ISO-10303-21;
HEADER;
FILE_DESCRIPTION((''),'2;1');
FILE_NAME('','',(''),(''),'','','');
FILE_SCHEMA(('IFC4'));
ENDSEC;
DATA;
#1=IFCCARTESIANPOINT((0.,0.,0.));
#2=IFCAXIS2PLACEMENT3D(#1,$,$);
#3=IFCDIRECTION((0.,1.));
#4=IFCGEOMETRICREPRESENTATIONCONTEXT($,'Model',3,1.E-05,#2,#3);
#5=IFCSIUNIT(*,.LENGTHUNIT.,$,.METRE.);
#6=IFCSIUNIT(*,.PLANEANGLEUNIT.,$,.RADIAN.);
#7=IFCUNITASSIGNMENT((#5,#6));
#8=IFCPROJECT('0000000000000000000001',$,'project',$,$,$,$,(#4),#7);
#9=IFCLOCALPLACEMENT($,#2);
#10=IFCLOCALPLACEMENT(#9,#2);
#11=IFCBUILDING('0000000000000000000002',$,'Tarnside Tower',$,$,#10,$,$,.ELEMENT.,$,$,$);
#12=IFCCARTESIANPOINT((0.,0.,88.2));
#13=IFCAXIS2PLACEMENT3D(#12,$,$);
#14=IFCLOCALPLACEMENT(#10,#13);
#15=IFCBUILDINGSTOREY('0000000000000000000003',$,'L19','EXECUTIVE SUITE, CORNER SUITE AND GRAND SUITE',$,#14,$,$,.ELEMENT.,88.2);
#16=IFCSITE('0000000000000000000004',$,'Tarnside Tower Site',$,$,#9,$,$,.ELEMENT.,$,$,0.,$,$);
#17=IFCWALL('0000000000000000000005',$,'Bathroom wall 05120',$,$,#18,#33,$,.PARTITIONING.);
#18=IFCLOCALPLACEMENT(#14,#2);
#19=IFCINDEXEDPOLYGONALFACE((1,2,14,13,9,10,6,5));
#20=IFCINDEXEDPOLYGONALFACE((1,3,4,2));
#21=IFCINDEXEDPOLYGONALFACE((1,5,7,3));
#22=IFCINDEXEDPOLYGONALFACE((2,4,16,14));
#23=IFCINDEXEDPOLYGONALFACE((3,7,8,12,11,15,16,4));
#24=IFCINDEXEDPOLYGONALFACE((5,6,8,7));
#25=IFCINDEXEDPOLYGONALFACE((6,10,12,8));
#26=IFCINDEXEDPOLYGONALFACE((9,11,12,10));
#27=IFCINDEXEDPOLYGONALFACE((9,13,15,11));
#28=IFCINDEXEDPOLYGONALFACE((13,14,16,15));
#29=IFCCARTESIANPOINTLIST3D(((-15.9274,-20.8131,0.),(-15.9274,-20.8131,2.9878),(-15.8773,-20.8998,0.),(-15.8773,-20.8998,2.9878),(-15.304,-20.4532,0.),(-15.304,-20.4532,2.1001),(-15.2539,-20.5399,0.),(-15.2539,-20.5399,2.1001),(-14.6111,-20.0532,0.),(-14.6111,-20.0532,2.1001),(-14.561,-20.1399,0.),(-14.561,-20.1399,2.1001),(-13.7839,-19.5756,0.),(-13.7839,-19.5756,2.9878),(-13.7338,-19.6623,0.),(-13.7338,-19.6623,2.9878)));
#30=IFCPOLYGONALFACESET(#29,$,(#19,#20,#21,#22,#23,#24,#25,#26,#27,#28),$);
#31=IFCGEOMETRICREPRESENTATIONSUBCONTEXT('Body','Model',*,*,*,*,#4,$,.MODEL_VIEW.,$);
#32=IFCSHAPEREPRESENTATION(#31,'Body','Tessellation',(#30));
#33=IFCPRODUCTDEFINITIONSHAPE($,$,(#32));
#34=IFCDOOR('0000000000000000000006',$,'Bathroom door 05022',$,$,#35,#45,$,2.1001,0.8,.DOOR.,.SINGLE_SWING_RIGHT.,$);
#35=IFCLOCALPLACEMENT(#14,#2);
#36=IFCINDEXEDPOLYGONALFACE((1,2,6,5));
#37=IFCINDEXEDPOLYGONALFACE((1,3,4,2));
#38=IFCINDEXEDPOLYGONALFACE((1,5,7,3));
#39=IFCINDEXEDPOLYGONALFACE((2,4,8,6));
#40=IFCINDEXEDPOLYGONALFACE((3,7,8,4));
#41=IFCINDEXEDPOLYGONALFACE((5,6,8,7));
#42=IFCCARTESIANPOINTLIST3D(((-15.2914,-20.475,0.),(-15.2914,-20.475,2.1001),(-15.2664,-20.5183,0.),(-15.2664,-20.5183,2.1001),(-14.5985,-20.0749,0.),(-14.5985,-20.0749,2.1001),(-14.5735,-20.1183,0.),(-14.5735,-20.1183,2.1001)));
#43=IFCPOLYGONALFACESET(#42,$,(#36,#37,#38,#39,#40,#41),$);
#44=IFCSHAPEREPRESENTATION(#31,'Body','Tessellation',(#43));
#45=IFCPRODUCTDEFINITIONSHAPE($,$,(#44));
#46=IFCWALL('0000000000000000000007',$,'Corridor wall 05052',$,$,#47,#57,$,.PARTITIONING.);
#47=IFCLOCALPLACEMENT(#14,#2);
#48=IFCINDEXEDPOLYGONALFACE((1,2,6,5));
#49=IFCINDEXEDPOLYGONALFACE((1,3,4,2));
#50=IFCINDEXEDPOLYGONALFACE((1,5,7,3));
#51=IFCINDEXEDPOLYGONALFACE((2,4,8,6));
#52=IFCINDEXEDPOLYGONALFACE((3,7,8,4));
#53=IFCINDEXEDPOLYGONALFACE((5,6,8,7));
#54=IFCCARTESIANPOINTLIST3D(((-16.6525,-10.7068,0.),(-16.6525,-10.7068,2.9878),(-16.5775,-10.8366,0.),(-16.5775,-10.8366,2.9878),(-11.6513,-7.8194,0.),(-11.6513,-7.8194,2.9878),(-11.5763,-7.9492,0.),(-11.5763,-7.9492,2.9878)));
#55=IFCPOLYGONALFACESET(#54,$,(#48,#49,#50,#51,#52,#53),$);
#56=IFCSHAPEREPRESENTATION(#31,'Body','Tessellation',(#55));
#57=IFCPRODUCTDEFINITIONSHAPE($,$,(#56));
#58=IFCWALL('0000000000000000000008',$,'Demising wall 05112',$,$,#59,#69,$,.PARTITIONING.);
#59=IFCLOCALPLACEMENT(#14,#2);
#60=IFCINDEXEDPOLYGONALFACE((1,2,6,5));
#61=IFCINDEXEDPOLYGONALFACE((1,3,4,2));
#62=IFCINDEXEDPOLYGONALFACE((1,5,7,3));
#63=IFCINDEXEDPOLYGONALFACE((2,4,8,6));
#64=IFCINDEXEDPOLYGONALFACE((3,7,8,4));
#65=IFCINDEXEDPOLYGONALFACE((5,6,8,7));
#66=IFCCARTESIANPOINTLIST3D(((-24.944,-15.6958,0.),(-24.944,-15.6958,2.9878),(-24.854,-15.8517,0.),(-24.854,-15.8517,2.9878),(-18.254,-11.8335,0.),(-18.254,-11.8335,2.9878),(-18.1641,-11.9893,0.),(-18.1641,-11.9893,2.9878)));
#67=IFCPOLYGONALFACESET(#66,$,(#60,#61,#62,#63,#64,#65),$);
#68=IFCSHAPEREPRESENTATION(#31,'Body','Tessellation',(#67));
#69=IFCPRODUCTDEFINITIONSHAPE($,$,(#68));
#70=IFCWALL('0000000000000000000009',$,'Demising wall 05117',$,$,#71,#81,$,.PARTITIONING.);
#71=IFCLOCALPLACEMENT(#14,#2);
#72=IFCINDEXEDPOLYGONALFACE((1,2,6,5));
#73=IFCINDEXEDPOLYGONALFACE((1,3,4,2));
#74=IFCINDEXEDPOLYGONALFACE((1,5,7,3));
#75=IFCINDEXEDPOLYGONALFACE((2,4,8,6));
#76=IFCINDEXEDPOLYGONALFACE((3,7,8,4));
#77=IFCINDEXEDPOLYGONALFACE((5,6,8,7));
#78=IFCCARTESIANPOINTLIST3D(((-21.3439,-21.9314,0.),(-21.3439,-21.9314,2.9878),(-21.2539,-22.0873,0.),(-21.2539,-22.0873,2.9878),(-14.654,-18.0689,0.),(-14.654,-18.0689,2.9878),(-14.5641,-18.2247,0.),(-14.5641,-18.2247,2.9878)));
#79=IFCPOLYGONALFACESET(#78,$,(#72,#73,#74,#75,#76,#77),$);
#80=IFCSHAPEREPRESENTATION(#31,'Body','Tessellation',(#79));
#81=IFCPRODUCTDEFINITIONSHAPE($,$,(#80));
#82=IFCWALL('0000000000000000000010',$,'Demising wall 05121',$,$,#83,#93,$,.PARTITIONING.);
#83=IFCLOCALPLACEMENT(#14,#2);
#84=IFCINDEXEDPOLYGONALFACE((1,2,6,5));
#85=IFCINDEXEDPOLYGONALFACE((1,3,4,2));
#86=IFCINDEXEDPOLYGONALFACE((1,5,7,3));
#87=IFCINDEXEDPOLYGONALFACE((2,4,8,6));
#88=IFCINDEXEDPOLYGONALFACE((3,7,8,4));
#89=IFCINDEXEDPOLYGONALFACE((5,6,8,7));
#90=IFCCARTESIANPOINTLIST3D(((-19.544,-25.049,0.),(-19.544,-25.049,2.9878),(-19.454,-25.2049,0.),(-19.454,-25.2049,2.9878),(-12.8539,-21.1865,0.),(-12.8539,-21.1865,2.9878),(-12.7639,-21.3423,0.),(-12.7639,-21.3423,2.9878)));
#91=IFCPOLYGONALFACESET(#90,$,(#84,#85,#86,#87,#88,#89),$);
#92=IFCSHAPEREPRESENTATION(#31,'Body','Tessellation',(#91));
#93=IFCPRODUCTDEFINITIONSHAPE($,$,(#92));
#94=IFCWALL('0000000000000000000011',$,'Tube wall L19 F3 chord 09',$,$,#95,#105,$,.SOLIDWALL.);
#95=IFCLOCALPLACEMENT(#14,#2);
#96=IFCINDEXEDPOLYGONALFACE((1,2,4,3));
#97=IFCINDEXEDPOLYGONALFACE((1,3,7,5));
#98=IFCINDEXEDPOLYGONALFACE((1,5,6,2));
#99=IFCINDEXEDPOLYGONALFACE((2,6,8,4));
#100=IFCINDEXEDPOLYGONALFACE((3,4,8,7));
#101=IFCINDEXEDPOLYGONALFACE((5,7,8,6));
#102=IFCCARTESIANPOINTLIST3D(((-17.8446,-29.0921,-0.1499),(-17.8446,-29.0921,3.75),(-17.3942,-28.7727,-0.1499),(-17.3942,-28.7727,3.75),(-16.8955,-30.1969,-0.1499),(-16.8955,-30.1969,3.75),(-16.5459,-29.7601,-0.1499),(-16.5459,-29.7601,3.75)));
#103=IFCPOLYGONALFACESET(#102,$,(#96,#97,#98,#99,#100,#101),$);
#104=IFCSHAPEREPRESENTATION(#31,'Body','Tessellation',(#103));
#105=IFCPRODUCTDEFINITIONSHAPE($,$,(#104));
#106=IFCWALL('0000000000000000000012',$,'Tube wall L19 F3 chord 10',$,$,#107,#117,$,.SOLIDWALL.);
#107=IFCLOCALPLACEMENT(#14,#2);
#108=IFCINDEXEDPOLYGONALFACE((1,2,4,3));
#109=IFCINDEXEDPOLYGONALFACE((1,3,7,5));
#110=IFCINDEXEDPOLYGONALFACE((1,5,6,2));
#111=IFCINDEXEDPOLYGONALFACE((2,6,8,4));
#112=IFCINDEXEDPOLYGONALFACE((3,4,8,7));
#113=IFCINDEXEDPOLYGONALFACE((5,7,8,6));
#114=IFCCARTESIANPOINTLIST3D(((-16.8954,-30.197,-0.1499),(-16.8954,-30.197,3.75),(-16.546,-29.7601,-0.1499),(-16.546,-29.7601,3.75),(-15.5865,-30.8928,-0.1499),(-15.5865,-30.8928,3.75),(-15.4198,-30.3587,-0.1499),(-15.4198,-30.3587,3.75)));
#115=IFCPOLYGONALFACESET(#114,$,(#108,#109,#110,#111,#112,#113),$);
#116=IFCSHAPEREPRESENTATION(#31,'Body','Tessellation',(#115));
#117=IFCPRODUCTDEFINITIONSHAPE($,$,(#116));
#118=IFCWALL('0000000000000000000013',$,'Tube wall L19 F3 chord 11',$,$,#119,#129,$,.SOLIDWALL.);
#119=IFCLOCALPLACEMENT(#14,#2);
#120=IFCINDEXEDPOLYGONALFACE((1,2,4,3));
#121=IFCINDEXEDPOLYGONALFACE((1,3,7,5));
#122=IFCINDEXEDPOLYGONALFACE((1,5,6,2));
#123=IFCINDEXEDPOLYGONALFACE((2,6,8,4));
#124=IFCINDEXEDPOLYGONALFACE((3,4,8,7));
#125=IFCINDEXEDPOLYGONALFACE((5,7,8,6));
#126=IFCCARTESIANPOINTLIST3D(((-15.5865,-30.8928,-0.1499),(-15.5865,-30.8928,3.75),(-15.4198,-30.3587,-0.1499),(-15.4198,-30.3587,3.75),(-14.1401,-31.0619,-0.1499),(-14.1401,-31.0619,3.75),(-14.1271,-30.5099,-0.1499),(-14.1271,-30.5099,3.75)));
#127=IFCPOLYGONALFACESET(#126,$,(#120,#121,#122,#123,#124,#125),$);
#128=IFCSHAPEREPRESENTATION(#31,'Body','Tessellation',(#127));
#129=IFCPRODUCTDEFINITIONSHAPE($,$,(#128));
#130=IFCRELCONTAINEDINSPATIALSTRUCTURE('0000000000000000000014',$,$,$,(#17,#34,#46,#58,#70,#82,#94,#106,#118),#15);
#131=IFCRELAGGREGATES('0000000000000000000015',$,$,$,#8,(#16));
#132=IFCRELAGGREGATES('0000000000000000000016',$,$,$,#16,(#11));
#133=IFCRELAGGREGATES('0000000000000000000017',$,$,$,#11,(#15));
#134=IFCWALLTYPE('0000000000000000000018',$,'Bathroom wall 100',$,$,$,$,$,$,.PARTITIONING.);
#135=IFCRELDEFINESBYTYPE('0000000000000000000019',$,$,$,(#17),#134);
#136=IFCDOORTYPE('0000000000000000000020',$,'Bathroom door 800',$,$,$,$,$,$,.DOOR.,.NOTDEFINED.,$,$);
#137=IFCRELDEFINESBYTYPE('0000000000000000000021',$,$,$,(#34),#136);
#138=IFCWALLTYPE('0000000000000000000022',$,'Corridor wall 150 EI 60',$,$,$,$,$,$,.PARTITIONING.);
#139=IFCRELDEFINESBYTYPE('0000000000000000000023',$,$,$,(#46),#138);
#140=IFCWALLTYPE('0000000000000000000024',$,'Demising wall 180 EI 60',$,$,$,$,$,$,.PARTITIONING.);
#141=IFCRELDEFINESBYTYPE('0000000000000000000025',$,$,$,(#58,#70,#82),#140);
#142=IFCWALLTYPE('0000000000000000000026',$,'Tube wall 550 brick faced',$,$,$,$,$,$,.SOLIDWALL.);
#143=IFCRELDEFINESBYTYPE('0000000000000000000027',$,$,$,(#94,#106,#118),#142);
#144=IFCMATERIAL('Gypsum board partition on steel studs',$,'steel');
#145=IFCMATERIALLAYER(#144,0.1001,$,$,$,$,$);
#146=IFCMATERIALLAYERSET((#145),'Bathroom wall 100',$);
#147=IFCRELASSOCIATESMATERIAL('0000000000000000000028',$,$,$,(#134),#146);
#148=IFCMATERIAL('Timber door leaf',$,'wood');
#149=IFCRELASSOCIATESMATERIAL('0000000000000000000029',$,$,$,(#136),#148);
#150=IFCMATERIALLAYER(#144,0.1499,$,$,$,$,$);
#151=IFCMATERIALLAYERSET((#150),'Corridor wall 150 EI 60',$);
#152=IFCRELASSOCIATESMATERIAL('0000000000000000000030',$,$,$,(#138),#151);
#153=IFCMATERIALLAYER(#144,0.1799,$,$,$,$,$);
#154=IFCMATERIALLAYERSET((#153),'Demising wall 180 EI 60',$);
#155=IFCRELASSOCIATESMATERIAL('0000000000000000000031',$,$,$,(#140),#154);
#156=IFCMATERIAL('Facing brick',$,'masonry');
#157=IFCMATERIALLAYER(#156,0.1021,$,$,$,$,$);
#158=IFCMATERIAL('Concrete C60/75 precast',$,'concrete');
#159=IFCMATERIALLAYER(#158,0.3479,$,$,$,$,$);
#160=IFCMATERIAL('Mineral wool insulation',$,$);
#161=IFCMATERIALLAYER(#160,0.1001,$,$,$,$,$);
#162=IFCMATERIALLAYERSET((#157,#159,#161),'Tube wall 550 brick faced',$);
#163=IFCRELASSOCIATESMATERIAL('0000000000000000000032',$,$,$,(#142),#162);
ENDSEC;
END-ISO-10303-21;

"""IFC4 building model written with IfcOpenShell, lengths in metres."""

from ifc_helpers import new_model, si_unit, direction, frame, frame_2d, origin, place, context, subcontext, project, spatial, polyline, rectangle, outline, extrude, material, layer, layer_set, type_object, element, fill, save


model = new_model("IFC4")

# Units and contexts
model_context = context("Model", 3, precision=1e-05, world=origin(), true_north=direction((0.0, 1.0)))
body_context = subcontext(model_context, "Body", "Model", "MODEL_VIEW")
ifc_project = project(units=[si_unit("LENGTHUNIT", "METRE"), si_unit("PLANEANGLEUNIT", "RADIAN")], contexts=[model_context])

# Site, building, storey
site_placement = place(None, origin())
site = spatial("IfcSite", under=ifc_project, at=site_placement, Name="Tarnside Tower Site", CompositionType="ELEMENT", RefElevation=0.0)
building_placement = place(site_placement, origin())
building = spatial("IfcBuilding", under=site, at=building_placement, Name="Tarnside Tower", CompositionType="ELEMENT")
storey_placement = place(building_placement, frame((0.0, 0.0, 88.2)))
storey = spatial("IfcBuildingStorey", under=building, at=storey_placement, Name="L19", Description="EXECUTIVE SUITE, CORNER SUITE AND GRAND SUITE", CompositionType="ELEMENT", Elevation=88.2)

# Shared definitions
ifc_material_1 = material(Name="Gypsum board partition on steel studs", Category="steel")
ifc_layer_1 = layer(ifc_material_1, 0.1001)
ifc_layer_set_1 = layer_set([ifc_layer_1], Name="Bathroom wall 100")
wall_type_1 = type_object("IfcWallType", Name="Bathroom wall 100", PredefinedType="PARTITIONING", material=ifc_layer_set_1)

# Wall, opening, door
ifc_material_2 = material(Name="Timber door leaf", Category="wood")
door_type = type_object("IfcDoorType", Name="Bathroom door 800", OperationType="NOTDEFINED", PredefinedType="DOOR", material=ifc_material_2)
wall_1_placement = place(storey_placement, frame((-15.9023, -20.8564, 0.0), z_axis=(0.0, 0.0, 1.0), x_axis=(0.866031, 0.49999, 0.0)))
wall_1 = element("IfcWall", 1, at=wall_1_placement, inside=storey, type_object=wall_type_1, Name="Bathroom wall 05120", PredefinedType="PARTITIONING", context=body_context, shape_type="SweptSolid", body=[
    extrude(rectangle(XDim=2.4751, YDim=0.1001, at=frame_2d((1.2375, 0.0))), origin(), (0.0, 0.0, 1.0), 2.9878),
])
opening_1_placement = place(wall_1_placement, frame((0.72, 0.0, 0.0)))
opening_1 = element("IfcOpeningElement", 2, at=opening_1_placement, cuts=wall_1, PredefinedType="OPENING", context=body_context, shape_type="SweptSolid", body=[
    extrude(rectangle(XDim=0.8, YDim=2.1001, at=frame_2d((0.3999, 1.05))), frame((0.0, 0.0601, 0.0), z_axis=(0.0, -1.0, 0.0), x_axis=(1.0, 0.0, 0.0)), (0.0, 0.0, 1.0), 0.1201),
])
door_1_placement = place(opening_1_placement, origin())
door_1 = element("IfcDoor", 3, at=door_1_placement, inside=storey, type_object=door_type, Name="Bathroom door 05022", OperationType="SINGLE_SWING_RIGHT", OverallHeight=2.1001, OverallWidth=0.8, PredefinedType="DOOR", context=body_context, shape_type="SweptSolid", body=[
    extrude(rectangle(XDim=0.8, YDim=2.1001, at=frame_2d((0.3999, 1.05))), frame((0.0, 0.0249, 0.0), z_axis=(0.0, -1.0, 0.0), x_axis=(1.0, 0.0, 0.0)), (0.0, 0.0, 1.0), 0.05),
])
fill(opening_1, door_1)

# Walls
ifc_layer_2 = layer(ifc_material_1, 0.1499)
ifc_layer_set_2 = layer_set([ifc_layer_2], Name="Corridor wall 150 EI 60")
wall_type_2 = type_object("IfcWallType", Name="Corridor wall 150 EI 60", PredefinedType="PARTITIONING", material=ifc_layer_set_2)
wall_2_placement = place(storey_placement, frame((-16.615, -10.7717, 0.0), z_axis=(0.0, 0.0, 1.0), x_axis=(0.866026, 0.499999, 0.0)))
element("IfcWall", 4, at=wall_2_placement, inside=storey, type_object=wall_type_2, Name="Corridor wall 05052", PredefinedType="PARTITIONING", context=body_context, shape_type="SweptSolid", body=[
    extrude(rectangle(XDim=5.7749, YDim=0.1499, at=frame_2d((2.8875, 0.0))), origin(), (0.0, 0.0, 1.0), 2.9878),
])
ifc_layer_3 = layer(ifc_material_1, 0.1799)
ifc_layer_set_3 = layer_set([ifc_layer_3], Name="Demising wall 180 EI 60")
wall_type_3 = type_object("IfcWallType", Name="Demising wall 180 EI 60", PredefinedType="PARTITIONING", material=ifc_layer_set_3)
for number, where, z_axis, x_axis, name in (
    (5, (-24.8989, -15.7737, 0.0), (0.0, 0.0, 1.0), (0.866033, 0.499987, 0.0), "Demising wall 05112"),
    (6, (-21.2988, -22.0093, 0.0), (0.0, 0.0, 1.0), (0.866019, 0.500011, 0.0), "Demising wall 05117"),
):
    element("IfcWall", number, at=place(storey_placement, frame(where, z_axis=z_axis, x_axis=x_axis)), inside=storey, type_object=wall_type_3, Name=name, PredefinedType="PARTITIONING", context=body_context, shape_type="SweptSolid", body=[
        extrude(rectangle(XDim=7.7249, YDim=0.1799, at=frame_2d((3.8623, 0.0))), origin(), (0.0, 0.0, 1.0), 2.9878),
    ])
wall_3_placement = place(storey_placement, frame((-19.499, -25.127, 0.0), z_axis=(0.0, 0.0, 1.0), x_axis=(0.866027, 0.499997, 0.0)))
element("IfcWall", 7, at=wall_3_placement, inside=storey, type_object=wall_type_3, Name="Demising wall 05121", PredefinedType="PARTITIONING", context=body_context, shape_type="SweptSolid", body=[
    extrude(rectangle(XDim=7.7251, YDim=0.1799, at=frame_2d((3.8625, 0.0))), origin(), (0.0, 0.0, 1.0), 2.9878),
])
ifc_material_3 = material(Name="Facing brick", Category="masonry")
ifc_layer_4 = layer(ifc_material_3, 0.1021)
ifc_material_4 = material(Name="Concrete C60/75 precast", Category="concrete")
ifc_layer_5 = layer(ifc_material_4, 0.3479)
ifc_material_5 = material(Name="Mineral wool insulation")
ifc_layer_6 = layer(ifc_material_5, 0.1001)
ifc_layer_set_4 = layer_set([ifc_layer_4, ifc_layer_5, ifc_layer_6], Name="Tube wall 550 brick faced")
wall_type_4 = type_object("IfcWallType", Name="Tube wall 550 brick faced", PredefinedType="SOLIDWALL", material=ifc_layer_set_4)
wall_4_placement = place(storey_placement, frame((-17.6194, -28.9324, -0.1499), z_axis=(0.0, 0.0, 1.0), x_axis=(0.651622, -0.758544, 0.0)))
element("IfcWall", 8, at=wall_4_placement, inside=storey, type_object=wall_type_4, Name="Tube wall L19 F3 chord 09", PredefinedType="SOLIDWALL", context=body_context, shape_type="SweptSolid", body=[
    extrude(outline(polyline([(-0.0256, -0.2749), (1.4309, -0.2749), (1.3274, 0.2749), (0.0256, 0.2749), (-0.0256, -0.2749)])), origin(), (0.0, 0.0, 1.0), 3.8999),
])
wall_5_placement = place(storey_placement, frame((-16.7207, -29.9785, -0.1499), z_axis=(0.0, 0.0, 1.0), x_axis=(0.882994, -0.469384, 0.0)))
element("IfcWall", 9, at=wall_5_placement, inside=storey, type_object=wall_type_4, Name="Tube wall L19 F3 chord 10", PredefinedType="SOLIDWALL", context=body_context, shape_type="SweptSolid", body=[
    extrude(outline(polyline([(-0.0518, -0.2749), (1.4307, -0.2749), (1.3271, 0.2749), (0.0518, 0.2749), (-0.0518, -0.2749)])), origin(), (0.0, 0.0, 1.0), 3.8999),
])
wall_6_placement = place(storey_placement, frame((-15.5032, -30.6257, -0.1499), z_axis=(0.0, 0.0, 1.0), x_axis=(0.993233, -0.116143, 0.0)))
element("IfcWall", 10, at=wall_6_placement, inside=storey, type_object=wall_type_4, Name="Tube wall L19 F3 chord 11", PredefinedType="SOLIDWALL", context=body_context, shape_type="SweptSolid", body=[
    extrude(outline(polyline([(-0.0518, -0.2749), (1.4045, -0.2749), (1.3533, 0.2749), (0.0518, 0.2749), (-0.0518, -0.2749)])), origin(), (0.0, 0.0, 1.0), 3.8999),
])

save(model, "model.ifc")
